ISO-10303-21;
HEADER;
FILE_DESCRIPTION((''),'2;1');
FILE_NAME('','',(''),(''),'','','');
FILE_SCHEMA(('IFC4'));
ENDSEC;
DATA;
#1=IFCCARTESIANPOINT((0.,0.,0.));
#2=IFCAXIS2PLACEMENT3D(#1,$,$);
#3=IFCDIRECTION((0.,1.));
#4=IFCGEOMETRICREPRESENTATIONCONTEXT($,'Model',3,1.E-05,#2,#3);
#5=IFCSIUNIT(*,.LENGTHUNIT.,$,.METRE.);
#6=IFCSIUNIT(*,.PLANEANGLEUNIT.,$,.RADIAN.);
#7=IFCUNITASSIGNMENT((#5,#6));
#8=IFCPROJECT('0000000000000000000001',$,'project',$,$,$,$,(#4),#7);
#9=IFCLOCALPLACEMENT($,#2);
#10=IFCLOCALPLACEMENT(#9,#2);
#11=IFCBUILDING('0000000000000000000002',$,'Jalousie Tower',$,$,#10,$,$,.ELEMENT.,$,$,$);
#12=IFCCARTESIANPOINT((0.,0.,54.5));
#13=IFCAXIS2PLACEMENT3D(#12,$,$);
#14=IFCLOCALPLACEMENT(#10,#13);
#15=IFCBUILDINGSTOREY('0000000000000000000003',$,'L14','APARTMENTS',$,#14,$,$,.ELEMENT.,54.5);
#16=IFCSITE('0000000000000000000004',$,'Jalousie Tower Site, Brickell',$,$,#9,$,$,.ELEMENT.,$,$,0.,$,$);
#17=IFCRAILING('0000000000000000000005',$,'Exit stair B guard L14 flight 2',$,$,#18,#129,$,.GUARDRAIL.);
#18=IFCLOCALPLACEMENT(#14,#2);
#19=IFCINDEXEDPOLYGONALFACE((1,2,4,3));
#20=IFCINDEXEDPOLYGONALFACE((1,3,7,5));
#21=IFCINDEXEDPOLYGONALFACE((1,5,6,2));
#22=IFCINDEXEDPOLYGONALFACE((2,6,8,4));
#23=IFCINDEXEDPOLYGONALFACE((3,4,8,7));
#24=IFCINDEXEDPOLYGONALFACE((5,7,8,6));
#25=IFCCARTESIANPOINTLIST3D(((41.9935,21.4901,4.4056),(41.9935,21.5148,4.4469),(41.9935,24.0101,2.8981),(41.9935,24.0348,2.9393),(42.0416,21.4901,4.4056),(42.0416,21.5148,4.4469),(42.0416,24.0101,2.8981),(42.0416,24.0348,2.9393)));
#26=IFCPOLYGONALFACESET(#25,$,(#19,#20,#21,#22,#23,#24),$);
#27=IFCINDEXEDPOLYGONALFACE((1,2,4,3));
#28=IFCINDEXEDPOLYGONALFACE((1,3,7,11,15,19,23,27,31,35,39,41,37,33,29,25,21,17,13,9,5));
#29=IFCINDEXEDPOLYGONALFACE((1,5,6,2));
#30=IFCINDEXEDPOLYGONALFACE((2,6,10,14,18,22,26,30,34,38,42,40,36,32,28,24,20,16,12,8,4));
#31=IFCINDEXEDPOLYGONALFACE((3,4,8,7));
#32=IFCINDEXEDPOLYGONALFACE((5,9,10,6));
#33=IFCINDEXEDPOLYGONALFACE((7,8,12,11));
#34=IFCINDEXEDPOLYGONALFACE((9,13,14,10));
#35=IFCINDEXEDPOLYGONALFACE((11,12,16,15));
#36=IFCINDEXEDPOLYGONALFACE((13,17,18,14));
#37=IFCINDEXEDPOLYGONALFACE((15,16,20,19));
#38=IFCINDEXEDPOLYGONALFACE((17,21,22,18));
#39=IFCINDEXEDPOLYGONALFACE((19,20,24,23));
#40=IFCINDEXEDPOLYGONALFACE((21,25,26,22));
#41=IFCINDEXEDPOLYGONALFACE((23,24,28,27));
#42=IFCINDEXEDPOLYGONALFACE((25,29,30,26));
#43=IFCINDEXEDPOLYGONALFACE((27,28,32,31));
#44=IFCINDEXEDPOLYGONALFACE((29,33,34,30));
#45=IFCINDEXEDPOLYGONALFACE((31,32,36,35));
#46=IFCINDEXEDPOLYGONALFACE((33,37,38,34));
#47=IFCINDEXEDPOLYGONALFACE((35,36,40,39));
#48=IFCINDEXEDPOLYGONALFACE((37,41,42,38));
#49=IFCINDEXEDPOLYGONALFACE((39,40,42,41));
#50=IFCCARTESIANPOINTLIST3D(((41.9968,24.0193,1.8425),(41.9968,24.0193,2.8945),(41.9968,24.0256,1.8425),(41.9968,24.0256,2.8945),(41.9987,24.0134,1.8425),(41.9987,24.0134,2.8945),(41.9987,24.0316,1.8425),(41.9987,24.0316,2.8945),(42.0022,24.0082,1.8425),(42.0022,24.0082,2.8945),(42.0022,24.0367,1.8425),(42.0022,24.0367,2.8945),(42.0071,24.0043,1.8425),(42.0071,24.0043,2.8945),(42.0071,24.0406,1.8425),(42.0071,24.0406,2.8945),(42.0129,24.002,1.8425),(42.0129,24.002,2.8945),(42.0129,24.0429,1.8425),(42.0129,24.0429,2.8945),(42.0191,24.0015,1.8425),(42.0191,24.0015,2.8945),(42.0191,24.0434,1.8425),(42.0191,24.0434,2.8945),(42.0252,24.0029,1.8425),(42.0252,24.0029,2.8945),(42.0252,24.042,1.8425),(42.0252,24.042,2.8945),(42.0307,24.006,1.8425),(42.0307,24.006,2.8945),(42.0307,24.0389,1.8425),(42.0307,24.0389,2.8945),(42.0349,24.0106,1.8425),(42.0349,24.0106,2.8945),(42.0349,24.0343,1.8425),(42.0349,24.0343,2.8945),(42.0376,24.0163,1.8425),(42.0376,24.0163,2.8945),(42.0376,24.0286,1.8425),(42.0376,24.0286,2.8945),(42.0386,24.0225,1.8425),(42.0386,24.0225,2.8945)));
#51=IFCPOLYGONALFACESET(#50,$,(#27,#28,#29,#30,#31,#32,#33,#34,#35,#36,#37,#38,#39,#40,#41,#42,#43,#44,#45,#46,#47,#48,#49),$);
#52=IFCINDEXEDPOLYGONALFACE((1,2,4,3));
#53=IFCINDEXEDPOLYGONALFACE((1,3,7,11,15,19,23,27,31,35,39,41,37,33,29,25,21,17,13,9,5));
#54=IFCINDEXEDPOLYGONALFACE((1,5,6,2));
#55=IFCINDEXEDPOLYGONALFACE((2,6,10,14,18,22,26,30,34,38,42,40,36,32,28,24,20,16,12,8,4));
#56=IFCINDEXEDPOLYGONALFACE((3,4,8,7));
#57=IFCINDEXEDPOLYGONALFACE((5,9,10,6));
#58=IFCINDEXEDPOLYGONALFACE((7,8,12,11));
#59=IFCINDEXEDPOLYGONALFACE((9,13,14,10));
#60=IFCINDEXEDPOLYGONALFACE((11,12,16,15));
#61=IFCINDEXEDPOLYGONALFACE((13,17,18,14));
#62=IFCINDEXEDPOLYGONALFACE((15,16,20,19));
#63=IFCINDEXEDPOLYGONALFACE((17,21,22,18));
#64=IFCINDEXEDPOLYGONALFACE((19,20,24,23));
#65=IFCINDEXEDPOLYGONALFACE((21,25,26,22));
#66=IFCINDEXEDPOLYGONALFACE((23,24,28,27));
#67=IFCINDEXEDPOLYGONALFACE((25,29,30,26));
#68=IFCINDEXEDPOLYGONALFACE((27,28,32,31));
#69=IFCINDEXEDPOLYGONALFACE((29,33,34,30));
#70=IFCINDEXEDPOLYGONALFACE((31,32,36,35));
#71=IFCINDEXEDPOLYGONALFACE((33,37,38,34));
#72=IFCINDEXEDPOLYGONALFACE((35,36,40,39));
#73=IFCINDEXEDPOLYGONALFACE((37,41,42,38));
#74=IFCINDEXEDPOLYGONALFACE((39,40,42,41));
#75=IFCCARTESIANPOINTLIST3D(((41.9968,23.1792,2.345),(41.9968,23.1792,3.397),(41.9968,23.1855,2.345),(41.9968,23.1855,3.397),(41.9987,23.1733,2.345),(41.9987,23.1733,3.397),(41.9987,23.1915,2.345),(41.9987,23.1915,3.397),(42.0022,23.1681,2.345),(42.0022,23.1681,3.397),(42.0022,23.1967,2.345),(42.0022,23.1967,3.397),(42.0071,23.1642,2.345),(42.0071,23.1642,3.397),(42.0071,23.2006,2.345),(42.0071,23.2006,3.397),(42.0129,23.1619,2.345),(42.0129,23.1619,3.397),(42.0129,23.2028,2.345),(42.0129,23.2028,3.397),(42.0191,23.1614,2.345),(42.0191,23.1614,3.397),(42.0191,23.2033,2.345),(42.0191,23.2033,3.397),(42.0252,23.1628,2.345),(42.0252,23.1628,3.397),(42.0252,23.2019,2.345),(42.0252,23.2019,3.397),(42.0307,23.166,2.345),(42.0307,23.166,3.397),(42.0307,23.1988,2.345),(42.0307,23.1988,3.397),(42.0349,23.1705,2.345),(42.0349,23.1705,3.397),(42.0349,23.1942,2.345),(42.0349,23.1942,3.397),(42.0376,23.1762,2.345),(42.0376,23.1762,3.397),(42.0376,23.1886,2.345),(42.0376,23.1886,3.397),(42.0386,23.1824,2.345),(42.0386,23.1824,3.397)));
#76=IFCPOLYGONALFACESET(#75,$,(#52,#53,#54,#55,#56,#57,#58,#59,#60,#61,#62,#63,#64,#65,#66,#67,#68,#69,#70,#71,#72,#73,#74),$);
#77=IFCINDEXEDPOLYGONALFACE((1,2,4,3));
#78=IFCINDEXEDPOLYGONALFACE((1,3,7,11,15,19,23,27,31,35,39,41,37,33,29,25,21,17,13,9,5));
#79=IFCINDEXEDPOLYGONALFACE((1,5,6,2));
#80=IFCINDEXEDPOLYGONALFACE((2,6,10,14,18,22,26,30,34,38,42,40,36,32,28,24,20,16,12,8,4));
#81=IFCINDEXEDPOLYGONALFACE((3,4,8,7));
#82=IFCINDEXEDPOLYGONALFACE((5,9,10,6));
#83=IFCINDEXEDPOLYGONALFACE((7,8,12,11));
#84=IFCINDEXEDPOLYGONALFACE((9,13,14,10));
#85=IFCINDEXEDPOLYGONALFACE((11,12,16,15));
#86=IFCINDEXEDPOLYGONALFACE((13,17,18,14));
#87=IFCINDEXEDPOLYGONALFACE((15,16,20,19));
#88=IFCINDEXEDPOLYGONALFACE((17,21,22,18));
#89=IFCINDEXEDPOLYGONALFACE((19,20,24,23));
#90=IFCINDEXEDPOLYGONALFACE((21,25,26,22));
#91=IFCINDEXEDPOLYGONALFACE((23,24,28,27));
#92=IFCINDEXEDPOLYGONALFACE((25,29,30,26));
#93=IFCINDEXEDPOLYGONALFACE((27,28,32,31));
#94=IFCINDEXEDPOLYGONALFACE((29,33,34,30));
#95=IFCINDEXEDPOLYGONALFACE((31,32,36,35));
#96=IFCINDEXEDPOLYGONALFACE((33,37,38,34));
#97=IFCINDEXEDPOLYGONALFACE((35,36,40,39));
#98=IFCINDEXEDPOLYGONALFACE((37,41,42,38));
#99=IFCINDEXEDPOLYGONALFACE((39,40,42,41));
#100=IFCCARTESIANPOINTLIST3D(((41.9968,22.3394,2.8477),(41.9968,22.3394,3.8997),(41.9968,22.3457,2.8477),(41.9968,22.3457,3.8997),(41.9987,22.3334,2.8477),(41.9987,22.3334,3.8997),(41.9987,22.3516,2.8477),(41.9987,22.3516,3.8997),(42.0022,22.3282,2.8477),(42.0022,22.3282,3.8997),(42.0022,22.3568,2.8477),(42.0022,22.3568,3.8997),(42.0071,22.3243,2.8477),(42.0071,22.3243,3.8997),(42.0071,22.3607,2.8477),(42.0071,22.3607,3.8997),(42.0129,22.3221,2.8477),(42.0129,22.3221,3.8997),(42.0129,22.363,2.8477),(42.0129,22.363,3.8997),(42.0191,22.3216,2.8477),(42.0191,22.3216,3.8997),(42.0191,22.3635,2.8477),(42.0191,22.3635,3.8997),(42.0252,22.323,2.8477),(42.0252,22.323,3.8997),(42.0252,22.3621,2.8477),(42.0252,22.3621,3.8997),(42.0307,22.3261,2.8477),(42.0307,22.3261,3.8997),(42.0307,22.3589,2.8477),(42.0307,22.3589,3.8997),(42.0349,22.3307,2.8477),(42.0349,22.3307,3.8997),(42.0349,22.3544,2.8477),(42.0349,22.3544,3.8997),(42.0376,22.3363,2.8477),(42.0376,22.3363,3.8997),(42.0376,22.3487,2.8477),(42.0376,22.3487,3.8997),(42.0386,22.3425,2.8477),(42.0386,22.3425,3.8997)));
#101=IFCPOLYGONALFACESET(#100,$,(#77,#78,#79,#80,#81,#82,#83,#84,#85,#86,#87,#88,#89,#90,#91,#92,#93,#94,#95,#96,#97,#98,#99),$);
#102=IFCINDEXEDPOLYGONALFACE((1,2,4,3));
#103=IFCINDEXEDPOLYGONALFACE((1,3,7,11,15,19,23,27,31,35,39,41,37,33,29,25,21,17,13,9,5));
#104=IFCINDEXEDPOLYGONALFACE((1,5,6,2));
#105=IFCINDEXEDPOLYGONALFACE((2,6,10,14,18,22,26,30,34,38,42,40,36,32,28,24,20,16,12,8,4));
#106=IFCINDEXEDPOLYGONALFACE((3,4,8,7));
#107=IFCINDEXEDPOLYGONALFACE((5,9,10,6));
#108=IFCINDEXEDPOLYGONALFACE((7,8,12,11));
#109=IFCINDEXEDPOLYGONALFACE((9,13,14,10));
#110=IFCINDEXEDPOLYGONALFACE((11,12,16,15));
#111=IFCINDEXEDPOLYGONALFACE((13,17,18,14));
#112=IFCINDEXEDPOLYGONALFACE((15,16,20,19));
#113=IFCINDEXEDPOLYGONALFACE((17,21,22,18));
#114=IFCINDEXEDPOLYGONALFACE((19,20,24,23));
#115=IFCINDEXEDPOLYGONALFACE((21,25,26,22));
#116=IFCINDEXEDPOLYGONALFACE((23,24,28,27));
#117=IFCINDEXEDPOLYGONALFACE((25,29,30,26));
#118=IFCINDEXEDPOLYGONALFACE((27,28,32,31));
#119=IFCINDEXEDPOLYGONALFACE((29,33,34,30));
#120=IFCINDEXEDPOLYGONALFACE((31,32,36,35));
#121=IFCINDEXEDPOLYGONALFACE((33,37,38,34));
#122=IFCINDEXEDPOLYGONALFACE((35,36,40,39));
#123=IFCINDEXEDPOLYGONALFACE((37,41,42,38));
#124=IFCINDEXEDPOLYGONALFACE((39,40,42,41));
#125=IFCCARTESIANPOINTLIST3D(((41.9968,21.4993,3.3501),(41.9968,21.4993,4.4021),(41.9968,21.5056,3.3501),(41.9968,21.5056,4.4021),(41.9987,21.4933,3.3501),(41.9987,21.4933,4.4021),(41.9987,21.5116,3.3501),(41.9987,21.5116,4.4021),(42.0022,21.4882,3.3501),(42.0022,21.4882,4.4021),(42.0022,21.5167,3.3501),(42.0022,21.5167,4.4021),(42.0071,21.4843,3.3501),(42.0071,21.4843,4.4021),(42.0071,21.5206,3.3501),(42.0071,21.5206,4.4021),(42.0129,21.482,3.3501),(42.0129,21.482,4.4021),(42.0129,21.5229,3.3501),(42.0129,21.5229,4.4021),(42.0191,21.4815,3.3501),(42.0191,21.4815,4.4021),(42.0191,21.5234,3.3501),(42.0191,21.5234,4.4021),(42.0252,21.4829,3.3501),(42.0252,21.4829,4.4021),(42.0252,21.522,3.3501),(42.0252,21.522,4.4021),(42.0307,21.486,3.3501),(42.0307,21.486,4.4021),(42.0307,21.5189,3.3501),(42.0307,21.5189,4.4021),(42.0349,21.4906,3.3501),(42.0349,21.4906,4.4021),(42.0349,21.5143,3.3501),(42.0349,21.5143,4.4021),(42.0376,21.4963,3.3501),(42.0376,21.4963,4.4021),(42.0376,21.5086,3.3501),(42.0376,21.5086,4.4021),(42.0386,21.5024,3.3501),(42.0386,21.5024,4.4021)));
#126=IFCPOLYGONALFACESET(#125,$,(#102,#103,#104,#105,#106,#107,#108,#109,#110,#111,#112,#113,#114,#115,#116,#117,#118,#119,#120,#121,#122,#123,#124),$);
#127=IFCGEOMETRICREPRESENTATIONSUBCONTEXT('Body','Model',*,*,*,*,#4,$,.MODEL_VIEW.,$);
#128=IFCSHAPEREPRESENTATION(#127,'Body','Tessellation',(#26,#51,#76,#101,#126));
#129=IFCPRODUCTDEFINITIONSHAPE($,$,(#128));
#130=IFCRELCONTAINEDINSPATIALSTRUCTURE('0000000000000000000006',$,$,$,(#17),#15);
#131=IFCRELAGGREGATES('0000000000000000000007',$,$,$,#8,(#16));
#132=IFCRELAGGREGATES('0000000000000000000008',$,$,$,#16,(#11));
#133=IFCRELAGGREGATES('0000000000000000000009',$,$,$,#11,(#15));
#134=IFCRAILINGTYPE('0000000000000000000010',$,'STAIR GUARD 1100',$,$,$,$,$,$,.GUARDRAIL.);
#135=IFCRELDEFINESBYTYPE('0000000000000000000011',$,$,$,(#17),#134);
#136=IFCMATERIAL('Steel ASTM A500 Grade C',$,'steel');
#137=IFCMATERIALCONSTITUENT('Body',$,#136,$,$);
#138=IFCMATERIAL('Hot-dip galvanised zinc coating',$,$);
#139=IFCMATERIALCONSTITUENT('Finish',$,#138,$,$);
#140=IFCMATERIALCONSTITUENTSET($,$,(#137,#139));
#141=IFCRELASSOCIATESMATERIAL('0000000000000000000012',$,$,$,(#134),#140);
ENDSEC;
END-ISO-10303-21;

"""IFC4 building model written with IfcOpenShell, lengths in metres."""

from ifc_helpers import new_model, si_unit, direction, frame, origin, origin_2d, place, context, subcontext, project, spatial, rectangle, circle, extrude, material, constituent, constituent_set, type_object, element, save


model = new_model("IFC4")

# Units and contexts
model_context = context("Model", 3, precision=1e-05, world=origin(), true_north=direction((0.0, 1.0)))
body_context = subcontext(model_context, "Body", "Model", "MODEL_VIEW")
ifc_project = project(units=[si_unit("LENGTHUNIT", "METRE"), si_unit("PLANEANGLEUNIT", "RADIAN")], contexts=[model_context])

# Site, building, storey
site_placement = place(None, origin())
site = spatial("IfcSite", under=ifc_project, at=site_placement, Name="Jalousie Tower Site, Brickell", CompositionType="ELEMENT", RefElevation=0.0)
building_placement = place(site_placement, origin())
building = spatial("IfcBuilding", under=site, at=building_placement, Name="Jalousie Tower", CompositionType="ELEMENT")
storey_placement = place(building_placement, frame((0.0, 0.0, 54.5)))
storey = spatial("IfcBuildingStorey", under=building, at=storey_placement, Name="L14", Description="APARTMENTS", CompositionType="ELEMENT", Elevation=54.5)

# Railing
ifc_material_1 = material(Name="Steel ASTM A500 Grade C", Category="steel")
ifc_constituent_1 = constituent(ifc_material_1, Name="Body")
ifc_material_2 = material(Name="Hot-dip galvanised zinc coating")
ifc_constituent_2 = constituent(ifc_material_2, Name="Finish")
ifc_constituent_set_1 = constituent_set(constituents=[ifc_constituent_1, ifc_constituent_2])
railing_type_1 = type_object("IfcRailingType", Name="STAIR GUARD 1100", PredefinedType="GUARDRAIL", material=ifc_constituent_set_1)
railing_1_placement = place(storey_placement, frame((42.0176, 24.0225, 1.8425)))
element("IfcRailing", 1, at=railing_1_placement, inside=storey, type_object=railing_type_1, Name="Exit stair B guard L14 flight 2", PredefinedType="GUARDRAIL", context=body_context, shape_type="SweptSolid", body=[
    extrude(rectangle(XDim=0.0481, YDim=0.0481, at=origin_2d()), frame((0.0, 0.0, 1.0762), z_axis=(0.0, -0.85816, 0.513383), x_axis=(1.0, 0.0, 0.0)), (0.0, 0.0, 1.0), 2.9365),
    extrude(circle(Radius=0.021, at=origin_2d()), origin(), (0.0, 0.0, 1.0), 1.052),
    extrude(circle(Radius=0.021, at=origin_2d()), frame((0.0, -0.8401, 0.5024)), (0.0, 0.0, 1.0), 1.052),
    extrude(circle(Radius=0.021, at=origin_2d()), frame((0.0, -1.6799, 1.0051)), (0.0, 0.0, 1.0), 1.052),
    extrude(circle(Radius=0.021, at=origin_2d()), frame((0.0, -2.52, 1.5076)), (0.0, 0.0, 1.0), 1.052),
])

save(model, "model.ifc")
